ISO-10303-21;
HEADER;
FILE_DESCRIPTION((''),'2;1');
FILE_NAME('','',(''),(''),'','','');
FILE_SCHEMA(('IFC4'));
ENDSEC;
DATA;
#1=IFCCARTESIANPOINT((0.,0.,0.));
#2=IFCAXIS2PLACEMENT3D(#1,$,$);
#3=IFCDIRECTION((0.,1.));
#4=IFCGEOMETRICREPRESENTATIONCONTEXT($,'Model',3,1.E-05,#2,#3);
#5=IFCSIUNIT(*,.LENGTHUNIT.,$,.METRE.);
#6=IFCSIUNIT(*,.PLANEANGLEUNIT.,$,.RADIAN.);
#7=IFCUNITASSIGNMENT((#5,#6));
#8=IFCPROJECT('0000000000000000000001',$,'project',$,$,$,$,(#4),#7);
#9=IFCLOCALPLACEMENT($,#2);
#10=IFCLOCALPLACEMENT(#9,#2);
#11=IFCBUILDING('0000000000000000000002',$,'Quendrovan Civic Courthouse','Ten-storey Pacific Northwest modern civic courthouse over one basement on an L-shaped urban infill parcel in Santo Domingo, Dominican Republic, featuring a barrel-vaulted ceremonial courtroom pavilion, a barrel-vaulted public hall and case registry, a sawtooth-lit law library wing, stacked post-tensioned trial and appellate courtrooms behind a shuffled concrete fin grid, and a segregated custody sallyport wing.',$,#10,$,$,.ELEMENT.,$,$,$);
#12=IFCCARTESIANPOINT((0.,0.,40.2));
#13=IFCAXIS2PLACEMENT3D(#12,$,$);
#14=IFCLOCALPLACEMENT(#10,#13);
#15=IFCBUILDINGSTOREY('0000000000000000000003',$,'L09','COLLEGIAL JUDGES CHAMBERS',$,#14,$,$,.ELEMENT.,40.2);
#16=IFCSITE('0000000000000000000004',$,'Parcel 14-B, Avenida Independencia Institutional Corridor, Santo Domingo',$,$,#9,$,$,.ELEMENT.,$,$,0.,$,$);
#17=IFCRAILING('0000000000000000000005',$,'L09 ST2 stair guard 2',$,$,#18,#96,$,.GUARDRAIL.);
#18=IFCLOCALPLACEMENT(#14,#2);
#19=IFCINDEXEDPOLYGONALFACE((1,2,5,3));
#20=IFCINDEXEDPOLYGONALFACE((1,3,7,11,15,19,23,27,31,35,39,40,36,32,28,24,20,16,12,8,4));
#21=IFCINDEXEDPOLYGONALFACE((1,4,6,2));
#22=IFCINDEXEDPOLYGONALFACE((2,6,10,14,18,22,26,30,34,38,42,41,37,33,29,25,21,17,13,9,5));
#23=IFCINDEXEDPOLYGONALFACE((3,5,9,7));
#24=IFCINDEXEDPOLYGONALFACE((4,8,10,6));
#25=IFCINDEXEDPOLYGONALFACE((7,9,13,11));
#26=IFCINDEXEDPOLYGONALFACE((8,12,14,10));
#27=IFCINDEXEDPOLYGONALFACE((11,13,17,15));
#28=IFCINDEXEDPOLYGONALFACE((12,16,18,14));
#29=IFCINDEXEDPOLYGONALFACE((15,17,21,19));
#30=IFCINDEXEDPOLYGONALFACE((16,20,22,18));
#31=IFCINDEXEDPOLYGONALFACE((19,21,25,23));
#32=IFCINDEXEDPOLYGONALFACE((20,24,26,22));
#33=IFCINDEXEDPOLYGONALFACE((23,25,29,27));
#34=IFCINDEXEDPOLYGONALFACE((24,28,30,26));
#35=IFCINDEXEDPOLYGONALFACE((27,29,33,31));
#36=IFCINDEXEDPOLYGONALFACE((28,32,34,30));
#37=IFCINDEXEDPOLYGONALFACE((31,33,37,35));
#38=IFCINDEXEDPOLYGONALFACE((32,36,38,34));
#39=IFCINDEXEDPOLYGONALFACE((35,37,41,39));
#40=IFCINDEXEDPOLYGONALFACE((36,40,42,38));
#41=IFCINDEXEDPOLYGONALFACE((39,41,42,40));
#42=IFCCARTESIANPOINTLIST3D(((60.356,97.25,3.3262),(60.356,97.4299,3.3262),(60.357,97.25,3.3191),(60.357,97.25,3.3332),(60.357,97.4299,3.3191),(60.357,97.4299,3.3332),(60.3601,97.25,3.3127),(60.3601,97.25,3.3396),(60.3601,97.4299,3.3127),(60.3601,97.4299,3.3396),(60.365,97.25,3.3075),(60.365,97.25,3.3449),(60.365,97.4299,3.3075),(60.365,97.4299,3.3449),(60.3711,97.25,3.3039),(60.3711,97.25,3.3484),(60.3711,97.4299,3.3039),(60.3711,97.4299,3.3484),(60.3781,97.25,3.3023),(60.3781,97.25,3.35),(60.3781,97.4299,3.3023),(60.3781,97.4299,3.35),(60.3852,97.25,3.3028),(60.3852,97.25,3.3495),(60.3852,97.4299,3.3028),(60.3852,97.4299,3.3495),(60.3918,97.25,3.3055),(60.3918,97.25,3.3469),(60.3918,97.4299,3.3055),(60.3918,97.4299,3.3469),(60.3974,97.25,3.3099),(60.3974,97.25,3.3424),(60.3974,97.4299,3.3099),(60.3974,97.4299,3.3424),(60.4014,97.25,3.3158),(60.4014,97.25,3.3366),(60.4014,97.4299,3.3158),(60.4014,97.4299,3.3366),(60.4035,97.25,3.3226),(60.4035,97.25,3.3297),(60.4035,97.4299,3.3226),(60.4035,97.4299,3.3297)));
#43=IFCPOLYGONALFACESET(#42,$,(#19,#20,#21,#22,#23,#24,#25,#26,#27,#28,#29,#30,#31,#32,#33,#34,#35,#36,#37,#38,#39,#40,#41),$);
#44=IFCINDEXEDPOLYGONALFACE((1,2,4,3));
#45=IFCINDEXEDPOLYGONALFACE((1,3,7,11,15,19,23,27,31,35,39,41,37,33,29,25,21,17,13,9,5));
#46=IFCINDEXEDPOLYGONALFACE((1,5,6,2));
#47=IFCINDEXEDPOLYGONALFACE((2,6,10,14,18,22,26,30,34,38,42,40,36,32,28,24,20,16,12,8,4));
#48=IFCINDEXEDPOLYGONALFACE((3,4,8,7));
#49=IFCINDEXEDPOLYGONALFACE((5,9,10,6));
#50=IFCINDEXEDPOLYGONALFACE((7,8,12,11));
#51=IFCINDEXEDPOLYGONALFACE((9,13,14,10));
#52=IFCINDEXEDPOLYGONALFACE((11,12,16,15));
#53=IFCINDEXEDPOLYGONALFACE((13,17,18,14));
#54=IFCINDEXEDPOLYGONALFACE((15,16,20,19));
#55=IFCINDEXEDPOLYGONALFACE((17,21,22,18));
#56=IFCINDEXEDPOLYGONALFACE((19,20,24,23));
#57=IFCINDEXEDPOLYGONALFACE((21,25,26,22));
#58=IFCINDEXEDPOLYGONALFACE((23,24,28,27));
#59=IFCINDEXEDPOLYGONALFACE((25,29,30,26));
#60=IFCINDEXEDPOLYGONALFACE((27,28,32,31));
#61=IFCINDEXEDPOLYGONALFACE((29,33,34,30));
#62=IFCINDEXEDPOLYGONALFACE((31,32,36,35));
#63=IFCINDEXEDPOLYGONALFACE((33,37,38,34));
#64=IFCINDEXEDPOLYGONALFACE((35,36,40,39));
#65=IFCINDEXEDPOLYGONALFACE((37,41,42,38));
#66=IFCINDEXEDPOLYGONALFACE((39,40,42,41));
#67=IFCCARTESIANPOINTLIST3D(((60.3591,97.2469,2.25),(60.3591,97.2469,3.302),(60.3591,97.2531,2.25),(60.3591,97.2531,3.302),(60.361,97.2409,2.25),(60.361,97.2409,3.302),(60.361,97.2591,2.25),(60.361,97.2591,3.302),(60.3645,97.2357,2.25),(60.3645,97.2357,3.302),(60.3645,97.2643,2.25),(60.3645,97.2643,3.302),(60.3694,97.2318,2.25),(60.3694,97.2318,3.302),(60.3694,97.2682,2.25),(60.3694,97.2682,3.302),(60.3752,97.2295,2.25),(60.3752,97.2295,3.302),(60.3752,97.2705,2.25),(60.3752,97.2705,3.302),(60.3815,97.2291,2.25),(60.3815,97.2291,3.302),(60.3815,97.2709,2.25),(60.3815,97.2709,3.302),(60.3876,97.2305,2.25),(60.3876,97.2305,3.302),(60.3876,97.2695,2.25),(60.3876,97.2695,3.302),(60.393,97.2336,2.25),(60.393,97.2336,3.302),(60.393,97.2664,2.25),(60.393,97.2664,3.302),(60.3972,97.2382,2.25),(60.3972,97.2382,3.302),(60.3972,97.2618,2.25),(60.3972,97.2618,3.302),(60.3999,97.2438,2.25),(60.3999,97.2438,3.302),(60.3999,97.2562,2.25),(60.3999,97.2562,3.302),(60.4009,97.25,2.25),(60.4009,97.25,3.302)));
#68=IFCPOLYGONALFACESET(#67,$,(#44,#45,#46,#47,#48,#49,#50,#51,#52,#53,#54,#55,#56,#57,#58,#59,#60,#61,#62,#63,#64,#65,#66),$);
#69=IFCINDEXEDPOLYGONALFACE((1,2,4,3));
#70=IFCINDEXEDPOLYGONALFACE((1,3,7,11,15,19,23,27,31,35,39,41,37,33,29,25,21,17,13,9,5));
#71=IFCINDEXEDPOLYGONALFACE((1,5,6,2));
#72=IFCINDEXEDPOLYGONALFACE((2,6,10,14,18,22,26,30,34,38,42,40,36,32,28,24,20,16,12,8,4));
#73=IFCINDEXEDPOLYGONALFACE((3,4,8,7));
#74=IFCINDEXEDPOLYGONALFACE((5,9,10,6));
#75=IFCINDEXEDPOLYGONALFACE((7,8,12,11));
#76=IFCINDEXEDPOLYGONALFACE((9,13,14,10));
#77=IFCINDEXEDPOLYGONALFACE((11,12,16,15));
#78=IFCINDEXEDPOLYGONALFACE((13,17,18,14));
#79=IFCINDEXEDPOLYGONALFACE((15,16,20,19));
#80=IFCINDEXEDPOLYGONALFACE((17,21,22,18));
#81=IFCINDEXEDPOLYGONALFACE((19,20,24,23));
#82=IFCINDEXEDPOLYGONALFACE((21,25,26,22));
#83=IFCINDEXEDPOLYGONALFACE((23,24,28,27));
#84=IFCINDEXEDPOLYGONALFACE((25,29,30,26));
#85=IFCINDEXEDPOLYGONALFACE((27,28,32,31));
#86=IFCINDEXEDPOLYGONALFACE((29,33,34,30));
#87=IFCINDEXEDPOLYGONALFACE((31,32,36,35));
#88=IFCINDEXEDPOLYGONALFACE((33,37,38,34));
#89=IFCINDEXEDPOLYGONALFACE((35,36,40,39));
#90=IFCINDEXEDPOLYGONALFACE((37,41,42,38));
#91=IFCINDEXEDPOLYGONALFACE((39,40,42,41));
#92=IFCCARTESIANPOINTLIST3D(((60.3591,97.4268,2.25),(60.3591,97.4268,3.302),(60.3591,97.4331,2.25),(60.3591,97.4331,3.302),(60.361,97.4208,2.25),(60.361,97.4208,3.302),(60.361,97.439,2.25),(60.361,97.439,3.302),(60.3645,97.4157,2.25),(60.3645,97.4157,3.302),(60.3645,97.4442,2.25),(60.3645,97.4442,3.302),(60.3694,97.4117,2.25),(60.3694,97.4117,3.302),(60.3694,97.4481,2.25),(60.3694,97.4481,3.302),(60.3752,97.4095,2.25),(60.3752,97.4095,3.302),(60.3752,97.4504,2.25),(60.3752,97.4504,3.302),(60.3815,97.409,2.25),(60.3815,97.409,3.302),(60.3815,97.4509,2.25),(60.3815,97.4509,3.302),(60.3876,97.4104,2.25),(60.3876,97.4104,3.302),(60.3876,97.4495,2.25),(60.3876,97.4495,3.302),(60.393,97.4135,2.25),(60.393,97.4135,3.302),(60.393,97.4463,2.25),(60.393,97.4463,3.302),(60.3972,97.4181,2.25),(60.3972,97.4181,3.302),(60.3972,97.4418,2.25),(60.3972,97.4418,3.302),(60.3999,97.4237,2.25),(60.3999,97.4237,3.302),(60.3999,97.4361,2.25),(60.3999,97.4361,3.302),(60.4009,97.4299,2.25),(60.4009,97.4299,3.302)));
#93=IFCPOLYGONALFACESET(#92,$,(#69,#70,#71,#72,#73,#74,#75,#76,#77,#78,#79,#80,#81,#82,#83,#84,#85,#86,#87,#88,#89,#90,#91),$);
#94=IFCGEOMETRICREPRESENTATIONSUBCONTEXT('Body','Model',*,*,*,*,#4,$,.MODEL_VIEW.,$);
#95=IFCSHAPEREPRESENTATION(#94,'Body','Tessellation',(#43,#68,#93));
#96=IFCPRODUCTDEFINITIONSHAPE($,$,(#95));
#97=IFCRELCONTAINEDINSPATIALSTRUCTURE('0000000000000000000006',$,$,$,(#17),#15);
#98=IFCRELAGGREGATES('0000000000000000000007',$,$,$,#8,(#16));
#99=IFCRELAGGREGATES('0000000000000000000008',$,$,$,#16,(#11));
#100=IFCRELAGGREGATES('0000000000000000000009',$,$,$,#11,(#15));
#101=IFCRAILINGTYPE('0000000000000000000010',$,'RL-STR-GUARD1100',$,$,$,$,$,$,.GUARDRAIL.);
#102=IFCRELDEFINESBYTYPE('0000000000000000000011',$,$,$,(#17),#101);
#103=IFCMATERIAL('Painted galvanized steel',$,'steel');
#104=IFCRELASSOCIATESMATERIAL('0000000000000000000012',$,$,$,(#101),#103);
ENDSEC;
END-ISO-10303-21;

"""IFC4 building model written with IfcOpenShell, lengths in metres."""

from ifc_helpers import new_model, si_unit, direction, frame, origin, origin_2d, place, context, subcontext, project, spatial, circle, extrude, material, type_object, element, save


model = new_model("IFC4")

# Units and contexts
model_context = context("Model", 3, precision=1e-05, world=origin(), true_north=direction((0.0, 1.0)))
body_context = subcontext(model_context, "Body", "Model", "MODEL_VIEW")
ifc_project = project(units=[si_unit("LENGTHUNIT", "METRE"), si_unit("PLANEANGLEUNIT", "RADIAN")], contexts=[model_context])

# Site, building, storey
site_placement = place(None, origin())
site = spatial("IfcSite", under=ifc_project, at=site_placement, Name="Parcel 14-B, Avenida Independencia Institutional Corridor, Santo Domingo", CompositionType="ELEMENT", RefElevation=0.0)
building_placement = place(site_placement, origin())
building = spatial("IfcBuilding", under=site, at=building_placement, Name="Quendrovan Civic Courthouse", Description="Ten-storey Pacific Northwest modern civic courthouse over one basement on an L-shaped urban infill parcel in Santo Domingo, Dominican Republic, featuring a barrel-vaulted ceremonial courtroom pavilion, a barrel-vaulted public hall and case registry, a sawtooth-lit law library wing, stacked post-tensioned trial and appellate courtrooms behind a shuffled concrete fin grid, and a segregated custody sallyport wing.", CompositionType="ELEMENT")
storey_placement = place(building_placement, frame((0.0, 0.0, 40.2)))
storey = spatial("IfcBuildingStorey", under=building, at=storey_placement, Name="L09", Description="COLLEGIAL JUDGES CHAMBERS", CompositionType="ELEMENT", Elevation=40.2)

# Railing
ifc_material_1 = material(Name="Painted galvanized steel", Category="steel")
railing_type_1 = type_object("IfcRailingType", Name="RL-STR-GUARD1100", PredefinedType="GUARDRAIL", material=ifc_material_1)
railing_1_placement = place(storey_placement, frame((60.3799, 97.25, 2.25)))
element("IfcRailing", 1, at=railing_1_placement, inside=storey, type_object=railing_type_1, Name="L09 ST2 stair guard 2", PredefinedType="GUARDRAIL", context=body_context, shape_type="SweptSolid", body=[
    extrude(circle(Radius=0.0239, at=origin_2d()), frame((0.0, 0.0, 1.0762), z_axis=(0.0, 1.0, 0.0), x_axis=(-1.0, 0.0, 0.0)), (0.0, 0.0, 1.0), 0.1799),
    extrude(circle(Radius=0.021, at=origin_2d()), origin(), (0.0, 0.0, 1.0), 1.052),
    extrude(circle(Radius=0.021, at=origin_2d()), frame((0.0, 0.1799, 0.0)), (0.0, 0.0, 1.0), 1.052),
])

save(model, "model.ifc")
